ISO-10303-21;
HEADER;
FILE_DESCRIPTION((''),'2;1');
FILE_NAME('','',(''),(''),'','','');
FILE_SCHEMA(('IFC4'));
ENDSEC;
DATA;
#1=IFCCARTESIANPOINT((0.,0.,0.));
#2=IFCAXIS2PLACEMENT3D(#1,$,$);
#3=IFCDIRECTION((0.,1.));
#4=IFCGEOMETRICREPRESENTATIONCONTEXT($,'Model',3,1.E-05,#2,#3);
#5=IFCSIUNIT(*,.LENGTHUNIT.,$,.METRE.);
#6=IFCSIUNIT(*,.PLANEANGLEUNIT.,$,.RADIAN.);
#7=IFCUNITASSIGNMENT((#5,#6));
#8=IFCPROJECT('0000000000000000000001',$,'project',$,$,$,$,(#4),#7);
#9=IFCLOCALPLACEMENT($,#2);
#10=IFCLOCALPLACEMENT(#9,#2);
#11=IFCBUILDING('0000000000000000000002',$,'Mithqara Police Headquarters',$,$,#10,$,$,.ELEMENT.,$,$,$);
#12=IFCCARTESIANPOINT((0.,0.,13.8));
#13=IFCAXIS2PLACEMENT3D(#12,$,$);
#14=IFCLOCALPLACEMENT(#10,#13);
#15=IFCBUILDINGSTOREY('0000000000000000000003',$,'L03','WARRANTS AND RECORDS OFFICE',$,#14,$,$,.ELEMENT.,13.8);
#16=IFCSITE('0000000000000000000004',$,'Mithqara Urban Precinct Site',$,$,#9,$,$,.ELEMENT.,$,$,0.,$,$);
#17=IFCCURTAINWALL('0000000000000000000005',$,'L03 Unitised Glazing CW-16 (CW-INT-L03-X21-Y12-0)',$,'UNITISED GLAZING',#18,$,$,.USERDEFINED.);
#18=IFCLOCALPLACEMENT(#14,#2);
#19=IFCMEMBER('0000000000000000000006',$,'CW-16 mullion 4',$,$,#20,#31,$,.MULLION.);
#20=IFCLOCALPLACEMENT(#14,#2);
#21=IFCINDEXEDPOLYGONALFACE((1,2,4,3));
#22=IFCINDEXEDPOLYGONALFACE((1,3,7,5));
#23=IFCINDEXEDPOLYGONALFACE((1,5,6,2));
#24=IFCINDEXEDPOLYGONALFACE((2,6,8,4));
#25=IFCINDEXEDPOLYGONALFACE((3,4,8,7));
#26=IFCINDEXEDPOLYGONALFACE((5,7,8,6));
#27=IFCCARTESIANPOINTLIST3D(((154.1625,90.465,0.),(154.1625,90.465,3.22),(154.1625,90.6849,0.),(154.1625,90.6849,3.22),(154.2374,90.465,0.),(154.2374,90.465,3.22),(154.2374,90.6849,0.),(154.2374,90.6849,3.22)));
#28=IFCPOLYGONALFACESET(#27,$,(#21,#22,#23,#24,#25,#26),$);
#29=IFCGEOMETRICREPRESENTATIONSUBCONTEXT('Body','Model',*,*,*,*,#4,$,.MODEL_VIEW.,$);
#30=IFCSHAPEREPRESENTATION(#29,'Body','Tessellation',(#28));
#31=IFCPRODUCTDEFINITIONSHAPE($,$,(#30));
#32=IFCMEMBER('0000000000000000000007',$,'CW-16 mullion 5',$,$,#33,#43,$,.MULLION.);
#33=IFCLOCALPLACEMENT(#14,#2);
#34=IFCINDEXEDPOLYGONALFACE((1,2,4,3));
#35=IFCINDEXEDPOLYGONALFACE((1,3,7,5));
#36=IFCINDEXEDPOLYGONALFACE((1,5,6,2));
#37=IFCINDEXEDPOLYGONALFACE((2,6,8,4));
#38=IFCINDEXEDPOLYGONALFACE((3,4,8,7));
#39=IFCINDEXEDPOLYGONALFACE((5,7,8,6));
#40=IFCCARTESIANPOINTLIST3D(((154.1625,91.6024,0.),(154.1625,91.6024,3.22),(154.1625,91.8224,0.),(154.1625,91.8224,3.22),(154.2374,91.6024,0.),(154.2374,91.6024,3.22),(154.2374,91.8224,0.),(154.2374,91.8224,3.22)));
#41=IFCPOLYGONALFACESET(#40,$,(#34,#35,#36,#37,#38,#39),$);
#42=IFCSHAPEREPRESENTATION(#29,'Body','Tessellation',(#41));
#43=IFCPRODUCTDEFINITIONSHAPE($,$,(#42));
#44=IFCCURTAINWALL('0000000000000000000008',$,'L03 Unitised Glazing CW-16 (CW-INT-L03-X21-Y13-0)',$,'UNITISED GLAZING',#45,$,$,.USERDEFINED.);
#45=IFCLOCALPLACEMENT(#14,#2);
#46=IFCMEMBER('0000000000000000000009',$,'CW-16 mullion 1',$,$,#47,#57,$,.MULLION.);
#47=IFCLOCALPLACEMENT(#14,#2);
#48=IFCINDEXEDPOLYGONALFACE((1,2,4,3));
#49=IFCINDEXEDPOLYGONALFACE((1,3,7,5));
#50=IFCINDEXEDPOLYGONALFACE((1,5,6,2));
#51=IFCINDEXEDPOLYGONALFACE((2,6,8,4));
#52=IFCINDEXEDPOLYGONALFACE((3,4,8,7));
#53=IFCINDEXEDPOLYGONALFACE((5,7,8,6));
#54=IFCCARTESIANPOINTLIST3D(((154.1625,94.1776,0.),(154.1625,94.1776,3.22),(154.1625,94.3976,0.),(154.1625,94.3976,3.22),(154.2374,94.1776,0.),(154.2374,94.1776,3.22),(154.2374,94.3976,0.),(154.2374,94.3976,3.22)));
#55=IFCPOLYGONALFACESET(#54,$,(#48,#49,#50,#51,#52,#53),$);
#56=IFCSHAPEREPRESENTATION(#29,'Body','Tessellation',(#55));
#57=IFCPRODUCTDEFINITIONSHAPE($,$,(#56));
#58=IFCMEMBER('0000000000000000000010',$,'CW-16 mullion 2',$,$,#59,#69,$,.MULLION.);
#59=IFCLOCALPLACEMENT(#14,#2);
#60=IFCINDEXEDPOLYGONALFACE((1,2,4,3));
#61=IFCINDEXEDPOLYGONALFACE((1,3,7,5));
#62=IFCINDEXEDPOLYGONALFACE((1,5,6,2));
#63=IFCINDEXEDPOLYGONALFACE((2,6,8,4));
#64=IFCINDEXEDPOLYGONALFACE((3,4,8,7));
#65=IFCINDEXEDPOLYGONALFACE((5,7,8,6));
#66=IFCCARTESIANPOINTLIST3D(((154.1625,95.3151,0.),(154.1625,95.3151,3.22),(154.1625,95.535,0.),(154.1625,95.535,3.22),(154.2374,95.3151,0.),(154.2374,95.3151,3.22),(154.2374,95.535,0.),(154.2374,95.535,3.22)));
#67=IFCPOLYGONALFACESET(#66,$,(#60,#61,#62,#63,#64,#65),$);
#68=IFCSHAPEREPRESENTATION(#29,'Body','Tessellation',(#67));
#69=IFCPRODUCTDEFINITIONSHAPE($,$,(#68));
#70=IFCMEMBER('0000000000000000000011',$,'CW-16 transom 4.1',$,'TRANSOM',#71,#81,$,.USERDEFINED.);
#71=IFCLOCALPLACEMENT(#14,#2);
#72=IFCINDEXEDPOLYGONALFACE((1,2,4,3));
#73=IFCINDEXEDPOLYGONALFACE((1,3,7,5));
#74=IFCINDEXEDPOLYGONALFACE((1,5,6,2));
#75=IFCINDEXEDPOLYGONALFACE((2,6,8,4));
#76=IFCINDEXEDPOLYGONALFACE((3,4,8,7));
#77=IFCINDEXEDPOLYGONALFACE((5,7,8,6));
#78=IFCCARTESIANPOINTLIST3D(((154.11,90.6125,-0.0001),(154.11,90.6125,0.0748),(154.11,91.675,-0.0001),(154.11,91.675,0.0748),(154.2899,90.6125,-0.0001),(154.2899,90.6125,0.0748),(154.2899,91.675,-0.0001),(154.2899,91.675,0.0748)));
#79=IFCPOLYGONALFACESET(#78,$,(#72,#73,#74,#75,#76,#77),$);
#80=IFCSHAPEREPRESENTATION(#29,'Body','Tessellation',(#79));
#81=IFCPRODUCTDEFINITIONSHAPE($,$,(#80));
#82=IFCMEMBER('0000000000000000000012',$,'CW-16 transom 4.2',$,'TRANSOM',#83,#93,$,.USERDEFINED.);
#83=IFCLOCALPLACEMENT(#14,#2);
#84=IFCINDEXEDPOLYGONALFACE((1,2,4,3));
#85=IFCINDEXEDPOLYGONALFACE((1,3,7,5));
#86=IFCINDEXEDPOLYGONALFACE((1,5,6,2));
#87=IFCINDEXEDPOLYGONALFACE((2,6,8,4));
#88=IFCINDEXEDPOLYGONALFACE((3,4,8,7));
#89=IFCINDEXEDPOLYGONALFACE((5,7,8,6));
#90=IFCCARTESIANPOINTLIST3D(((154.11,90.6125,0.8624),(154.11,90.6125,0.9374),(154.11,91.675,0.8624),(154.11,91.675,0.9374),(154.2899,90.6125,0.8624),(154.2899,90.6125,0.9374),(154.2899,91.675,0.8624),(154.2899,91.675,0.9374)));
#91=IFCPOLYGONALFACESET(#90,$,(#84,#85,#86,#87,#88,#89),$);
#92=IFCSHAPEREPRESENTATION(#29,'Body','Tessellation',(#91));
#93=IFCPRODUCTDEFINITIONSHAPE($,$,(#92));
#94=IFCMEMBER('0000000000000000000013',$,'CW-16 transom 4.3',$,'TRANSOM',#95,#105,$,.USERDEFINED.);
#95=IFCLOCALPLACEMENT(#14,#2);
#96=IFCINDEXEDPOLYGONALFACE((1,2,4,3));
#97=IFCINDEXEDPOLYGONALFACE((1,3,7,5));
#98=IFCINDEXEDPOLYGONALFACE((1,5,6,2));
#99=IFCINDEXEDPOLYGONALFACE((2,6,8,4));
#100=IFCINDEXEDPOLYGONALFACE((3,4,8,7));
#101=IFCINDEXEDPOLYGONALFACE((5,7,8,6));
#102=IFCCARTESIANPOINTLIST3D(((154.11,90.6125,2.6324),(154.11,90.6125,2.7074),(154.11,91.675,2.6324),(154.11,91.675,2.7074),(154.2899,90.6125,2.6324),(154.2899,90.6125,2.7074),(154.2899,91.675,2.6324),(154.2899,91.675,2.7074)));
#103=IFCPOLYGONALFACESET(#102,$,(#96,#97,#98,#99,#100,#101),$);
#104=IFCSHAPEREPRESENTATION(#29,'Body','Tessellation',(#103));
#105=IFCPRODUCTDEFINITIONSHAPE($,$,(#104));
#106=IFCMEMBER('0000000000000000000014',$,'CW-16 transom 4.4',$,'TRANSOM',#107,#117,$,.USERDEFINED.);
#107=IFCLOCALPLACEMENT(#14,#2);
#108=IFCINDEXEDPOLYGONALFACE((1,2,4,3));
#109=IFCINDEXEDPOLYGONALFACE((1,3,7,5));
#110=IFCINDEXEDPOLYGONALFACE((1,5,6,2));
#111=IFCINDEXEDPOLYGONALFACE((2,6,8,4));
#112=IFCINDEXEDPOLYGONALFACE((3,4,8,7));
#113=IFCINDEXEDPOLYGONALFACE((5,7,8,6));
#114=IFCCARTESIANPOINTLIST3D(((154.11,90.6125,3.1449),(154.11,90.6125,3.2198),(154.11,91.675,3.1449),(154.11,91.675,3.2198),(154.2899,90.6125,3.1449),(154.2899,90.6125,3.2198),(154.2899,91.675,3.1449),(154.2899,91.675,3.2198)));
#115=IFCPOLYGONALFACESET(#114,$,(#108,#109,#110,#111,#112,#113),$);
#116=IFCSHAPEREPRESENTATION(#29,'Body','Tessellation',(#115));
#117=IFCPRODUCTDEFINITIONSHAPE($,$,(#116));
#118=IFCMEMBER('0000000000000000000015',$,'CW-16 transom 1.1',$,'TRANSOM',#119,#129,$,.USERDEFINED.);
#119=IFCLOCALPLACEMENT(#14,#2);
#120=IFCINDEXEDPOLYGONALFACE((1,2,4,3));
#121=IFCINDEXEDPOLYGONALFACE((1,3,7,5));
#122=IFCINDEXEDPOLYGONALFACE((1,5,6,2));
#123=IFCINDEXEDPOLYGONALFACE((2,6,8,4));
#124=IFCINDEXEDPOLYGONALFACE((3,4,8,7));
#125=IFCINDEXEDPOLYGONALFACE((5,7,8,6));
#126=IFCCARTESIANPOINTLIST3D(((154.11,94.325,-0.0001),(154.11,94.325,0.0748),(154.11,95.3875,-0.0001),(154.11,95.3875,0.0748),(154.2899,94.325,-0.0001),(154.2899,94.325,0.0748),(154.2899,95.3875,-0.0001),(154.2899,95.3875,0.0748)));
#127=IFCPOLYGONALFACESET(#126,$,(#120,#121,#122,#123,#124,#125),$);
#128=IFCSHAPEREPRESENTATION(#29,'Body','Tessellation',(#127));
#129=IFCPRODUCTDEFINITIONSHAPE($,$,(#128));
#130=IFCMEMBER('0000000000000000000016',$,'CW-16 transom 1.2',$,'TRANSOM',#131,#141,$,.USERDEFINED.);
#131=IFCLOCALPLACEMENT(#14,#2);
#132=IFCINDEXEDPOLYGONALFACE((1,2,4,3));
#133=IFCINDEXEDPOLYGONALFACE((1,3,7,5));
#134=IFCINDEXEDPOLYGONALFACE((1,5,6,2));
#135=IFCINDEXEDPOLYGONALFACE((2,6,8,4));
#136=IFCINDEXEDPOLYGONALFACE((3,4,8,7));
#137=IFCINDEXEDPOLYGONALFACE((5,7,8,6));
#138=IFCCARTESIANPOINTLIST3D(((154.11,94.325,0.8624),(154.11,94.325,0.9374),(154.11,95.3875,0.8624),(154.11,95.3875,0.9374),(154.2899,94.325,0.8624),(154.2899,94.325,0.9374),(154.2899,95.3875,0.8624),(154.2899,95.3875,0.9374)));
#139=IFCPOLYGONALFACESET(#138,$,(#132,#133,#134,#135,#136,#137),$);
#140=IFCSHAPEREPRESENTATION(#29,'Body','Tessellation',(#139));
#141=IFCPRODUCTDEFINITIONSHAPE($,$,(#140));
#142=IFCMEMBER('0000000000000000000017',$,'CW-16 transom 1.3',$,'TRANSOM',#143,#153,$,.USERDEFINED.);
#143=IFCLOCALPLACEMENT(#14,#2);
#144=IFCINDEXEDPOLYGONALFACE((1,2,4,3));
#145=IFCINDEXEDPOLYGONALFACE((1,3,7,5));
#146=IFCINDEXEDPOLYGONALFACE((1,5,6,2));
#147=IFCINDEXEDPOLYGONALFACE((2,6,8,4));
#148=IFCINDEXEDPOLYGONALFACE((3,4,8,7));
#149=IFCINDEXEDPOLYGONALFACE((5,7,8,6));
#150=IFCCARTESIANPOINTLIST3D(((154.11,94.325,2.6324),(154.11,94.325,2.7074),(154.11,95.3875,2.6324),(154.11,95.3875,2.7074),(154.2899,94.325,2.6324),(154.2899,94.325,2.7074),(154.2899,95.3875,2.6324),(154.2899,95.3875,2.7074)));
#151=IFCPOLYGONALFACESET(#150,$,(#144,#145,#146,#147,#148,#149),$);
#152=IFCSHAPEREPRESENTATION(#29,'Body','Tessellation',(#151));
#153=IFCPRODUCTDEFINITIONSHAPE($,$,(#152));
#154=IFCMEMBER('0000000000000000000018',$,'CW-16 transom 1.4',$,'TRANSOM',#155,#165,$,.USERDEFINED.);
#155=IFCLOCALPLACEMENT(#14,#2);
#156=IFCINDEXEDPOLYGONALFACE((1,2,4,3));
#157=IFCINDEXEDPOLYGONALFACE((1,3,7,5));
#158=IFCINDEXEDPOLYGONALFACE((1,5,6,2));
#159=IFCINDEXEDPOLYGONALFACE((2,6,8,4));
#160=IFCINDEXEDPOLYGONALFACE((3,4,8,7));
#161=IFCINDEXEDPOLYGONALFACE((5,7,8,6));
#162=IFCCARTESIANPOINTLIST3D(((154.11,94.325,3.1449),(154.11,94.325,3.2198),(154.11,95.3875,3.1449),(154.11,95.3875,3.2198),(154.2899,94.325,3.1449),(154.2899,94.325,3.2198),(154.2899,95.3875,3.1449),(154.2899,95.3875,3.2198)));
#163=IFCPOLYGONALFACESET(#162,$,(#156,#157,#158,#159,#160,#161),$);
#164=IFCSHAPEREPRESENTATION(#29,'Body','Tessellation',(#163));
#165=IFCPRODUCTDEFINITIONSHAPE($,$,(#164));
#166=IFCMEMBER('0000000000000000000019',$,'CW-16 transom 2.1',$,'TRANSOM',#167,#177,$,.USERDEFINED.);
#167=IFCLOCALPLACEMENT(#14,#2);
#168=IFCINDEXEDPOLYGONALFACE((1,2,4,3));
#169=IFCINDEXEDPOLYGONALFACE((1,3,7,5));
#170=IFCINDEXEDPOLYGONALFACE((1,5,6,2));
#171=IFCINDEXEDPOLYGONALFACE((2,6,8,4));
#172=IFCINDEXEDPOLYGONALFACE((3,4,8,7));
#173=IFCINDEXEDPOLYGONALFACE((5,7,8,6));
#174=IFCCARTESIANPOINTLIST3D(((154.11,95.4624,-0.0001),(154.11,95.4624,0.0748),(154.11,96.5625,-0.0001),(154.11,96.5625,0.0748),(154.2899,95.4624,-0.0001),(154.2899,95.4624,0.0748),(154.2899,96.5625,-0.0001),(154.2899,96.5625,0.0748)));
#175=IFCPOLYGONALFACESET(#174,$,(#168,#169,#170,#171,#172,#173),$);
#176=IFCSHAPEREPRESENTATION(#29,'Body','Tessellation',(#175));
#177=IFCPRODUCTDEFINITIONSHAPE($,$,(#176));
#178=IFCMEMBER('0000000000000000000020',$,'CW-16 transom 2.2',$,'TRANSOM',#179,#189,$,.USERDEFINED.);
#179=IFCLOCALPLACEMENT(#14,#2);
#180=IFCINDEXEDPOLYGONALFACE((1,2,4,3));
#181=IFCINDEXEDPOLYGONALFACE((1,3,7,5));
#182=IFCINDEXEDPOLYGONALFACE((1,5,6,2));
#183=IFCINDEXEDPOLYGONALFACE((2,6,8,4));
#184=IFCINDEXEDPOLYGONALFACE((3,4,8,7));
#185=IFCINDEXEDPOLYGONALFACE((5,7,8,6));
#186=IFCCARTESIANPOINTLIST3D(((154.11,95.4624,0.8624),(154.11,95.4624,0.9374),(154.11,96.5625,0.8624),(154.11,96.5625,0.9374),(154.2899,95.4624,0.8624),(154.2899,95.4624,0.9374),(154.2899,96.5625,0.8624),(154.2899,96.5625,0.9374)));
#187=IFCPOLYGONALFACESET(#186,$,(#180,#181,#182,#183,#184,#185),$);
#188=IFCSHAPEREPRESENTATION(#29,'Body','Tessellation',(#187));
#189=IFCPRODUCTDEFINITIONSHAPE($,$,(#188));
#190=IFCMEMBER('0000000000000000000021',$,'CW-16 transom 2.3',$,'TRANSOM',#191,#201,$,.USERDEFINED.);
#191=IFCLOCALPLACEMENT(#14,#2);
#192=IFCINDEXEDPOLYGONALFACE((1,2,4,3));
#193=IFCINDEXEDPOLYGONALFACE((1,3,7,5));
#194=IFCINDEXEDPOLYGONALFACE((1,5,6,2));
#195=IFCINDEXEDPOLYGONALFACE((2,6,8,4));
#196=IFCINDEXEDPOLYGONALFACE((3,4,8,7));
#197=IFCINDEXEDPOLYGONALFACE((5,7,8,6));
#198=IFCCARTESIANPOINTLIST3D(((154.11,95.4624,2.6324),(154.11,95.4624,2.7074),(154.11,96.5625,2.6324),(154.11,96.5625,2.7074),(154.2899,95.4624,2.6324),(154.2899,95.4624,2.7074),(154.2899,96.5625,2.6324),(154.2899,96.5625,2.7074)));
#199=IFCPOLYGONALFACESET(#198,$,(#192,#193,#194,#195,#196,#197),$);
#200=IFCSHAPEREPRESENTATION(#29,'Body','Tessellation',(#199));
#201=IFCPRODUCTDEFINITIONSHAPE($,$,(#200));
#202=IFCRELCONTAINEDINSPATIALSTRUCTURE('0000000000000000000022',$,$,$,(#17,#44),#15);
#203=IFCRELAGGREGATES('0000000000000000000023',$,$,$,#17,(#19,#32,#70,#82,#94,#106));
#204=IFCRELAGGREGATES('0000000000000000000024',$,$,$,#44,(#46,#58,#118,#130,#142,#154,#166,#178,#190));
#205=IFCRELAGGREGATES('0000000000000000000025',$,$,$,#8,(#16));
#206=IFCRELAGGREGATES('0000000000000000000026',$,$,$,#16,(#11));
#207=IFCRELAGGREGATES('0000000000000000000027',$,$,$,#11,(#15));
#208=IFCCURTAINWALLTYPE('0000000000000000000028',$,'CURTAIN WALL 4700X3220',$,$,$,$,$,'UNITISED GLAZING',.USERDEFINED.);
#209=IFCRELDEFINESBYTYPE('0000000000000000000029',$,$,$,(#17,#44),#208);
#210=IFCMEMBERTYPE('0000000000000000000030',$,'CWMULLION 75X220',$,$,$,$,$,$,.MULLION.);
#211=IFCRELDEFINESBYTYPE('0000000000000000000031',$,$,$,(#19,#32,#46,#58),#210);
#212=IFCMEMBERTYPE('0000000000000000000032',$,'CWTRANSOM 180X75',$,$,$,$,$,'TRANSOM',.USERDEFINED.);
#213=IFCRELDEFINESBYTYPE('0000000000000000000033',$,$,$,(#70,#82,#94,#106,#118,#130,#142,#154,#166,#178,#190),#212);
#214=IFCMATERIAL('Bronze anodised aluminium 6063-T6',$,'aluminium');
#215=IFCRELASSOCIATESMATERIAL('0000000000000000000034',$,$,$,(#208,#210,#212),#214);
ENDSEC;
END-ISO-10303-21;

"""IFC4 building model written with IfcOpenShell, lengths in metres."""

from ifc_helpers import new_model, si_unit, direction, frame, origin, origin_2d, place, context, subcontext, project, spatial, rectangle, extrude, material, material_profile, profile_set, type_object, element, aggregate, save


model = new_model("IFC4")

# Units and contexts
model_context = context("Model", 3, precision=1e-05, world=origin(), true_north=direction((0.0, 1.0)))
body_context = subcontext(model_context, "Body", "Model", "MODEL_VIEW")
ifc_project = project(units=[si_unit("LENGTHUNIT", "METRE"), si_unit("PLANEANGLEUNIT", "RADIAN")], contexts=[model_context])

# Site, building, storey
site_placement = place(None, origin())
site = spatial("IfcSite", under=ifc_project, at=site_placement, Name="Mithqara Urban Precinct Site", CompositionType="ELEMENT", RefElevation=0.0)
building_placement = place(site_placement, origin())
building = spatial("IfcBuilding", under=site, at=building_placement, Name="Mithqara Police Headquarters", CompositionType="ELEMENT")
storey_placement = place(building_placement, frame((0.0, 0.0, 13.8)))
storey = spatial("IfcBuildingStorey", under=building, at=storey_placement, Name="L03", Description="WARRANTS AND RECORDS OFFICE", CompositionType="ELEMENT", Elevation=13.8)

# Curtain walls, members
ifc_material_1 = material(Name="Bronze anodised aluminium 6063-T6", Category="aluminium")
curtain_wall_type = type_object("IfcCurtainWallType", Name="CURTAIN WALL 4700X3220", ElementType="UNITISED GLAZING", PredefinedType="USERDEFINED", material=ifc_material_1)
curtain_wall_1_placement = place(storey_placement, origin())
curtain_wall_1 = element("IfcCurtainWall", 1, at=curtain_wall_1_placement, inside=storey, type_object=curtain_wall_type, Name="L03 Unitised Glazing CW-16 (CW-INT-L03-X21-Y12-0)", ObjectType="UNITISED GLAZING", PredefinedType="USERDEFINED")
ifc_material_profile_1 = material_profile(ifc_material_1, rectangle(XDim=0.075, YDim=0.22, at=origin_2d()), Name="CWM 75x220")
ifc_profile_set_1 = profile_set([ifc_material_profile_1], Name="Bronze anodised aluminium 6063-T6")
member_type_1 = type_object("IfcMemberType", Name="CWMULLION 75X220", PredefinedType="MULLION", material=ifc_profile_set_1)
member_1_placement = place(storey_placement, frame((154.2, 90.575, 0.0), z_axis=(0.0, 0.0, 1.0), x_axis=(-1.0, 0.0, 0.0)))
member_1 = element("IfcMember", 2, at=member_1_placement, type_object=member_type_1, Name="CW-16 mullion 4", PredefinedType="MULLION", context=body_context, shape_type="SweptSolid", body=[
    extrude(rectangle(XDim=0.075, YDim=0.22, at=origin_2d()), origin(), (0.0, 0.0, 1.0), 3.22),
])
member_2_placement = place(storey_placement, frame((154.2, 91.7124, 0.0), z_axis=(0.0, 0.0, 1.0), x_axis=(-1.0, 0.0, 0.0)))
member_2 = element("IfcMember", 3, at=member_2_placement, type_object=member_type_1, Name="CW-16 mullion 5", PredefinedType="MULLION", context=body_context, shape_type="SweptSolid", body=[
    extrude(rectangle(XDim=0.075, YDim=0.22, at=origin_2d()), origin(), (0.0, 0.0, 1.0), 3.22),
])
curtain_wall_2_placement = place(storey_placement, origin())
curtain_wall_2 = element("IfcCurtainWall", 4, at=curtain_wall_2_placement, inside=storey, type_object=curtain_wall_type, Name="L03 Unitised Glazing CW-16 (CW-INT-L03-X21-Y13-0)", ObjectType="UNITISED GLAZING", PredefinedType="USERDEFINED")
member_3_placement = place(storey_placement, frame((154.2, 94.2876, 0.0), z_axis=(0.0, 0.0, 1.0), x_axis=(-1.0, 0.0, 0.0)))
member_3 = element("IfcMember", 5, at=member_3_placement, type_object=member_type_1, Name="CW-16 mullion 1", PredefinedType="MULLION", context=body_context, shape_type="SweptSolid", body=[
    extrude(rectangle(XDim=0.075, YDim=0.22, at=origin_2d()), origin(), (0.0, 0.0, 1.0), 3.22),
])
member_4_placement = place(storey_placement, frame((154.2, 95.425, 0.0), z_axis=(0.0, 0.0, 1.0), x_axis=(-1.0, 0.0, 0.0)))
member_4 = element("IfcMember", 6, at=member_4_placement, type_object=member_type_1, Name="CW-16 mullion 2", PredefinedType="MULLION", context=body_context, shape_type="SweptSolid", body=[
    extrude(rectangle(XDim=0.075, YDim=0.22, at=origin_2d()), origin(), (0.0, 0.0, 1.0), 3.22),
])

# Members
ifc_material_profile_2 = material_profile(ifc_material_1, rectangle(XDim=0.1799, YDim=0.075, at=origin_2d()), Name="CWT 180x75")
ifc_profile_set_2 = profile_set([ifc_material_profile_2], Name="Bronze anodised aluminium 6063-T6")
member_type_2 = type_object("IfcMemberType", Name="CWTRANSOM 180X75", ElementType="TRANSOM", PredefinedType="USERDEFINED", material=ifc_profile_set_2)
member_5_placement = place(storey_placement, frame((154.2, 90.6125, 0.0374), z_axis=(0.0, 1.0, 0.0), x_axis=(-1.0, 0.0, 0.0)))
member_5 = element("IfcMember", 7, at=member_5_placement, type_object=member_type_2, Name="CW-16 transom 4.1", ObjectType="TRANSOM", PredefinedType="USERDEFINED", context=body_context, shape_type="SweptSolid", body=[
    extrude(rectangle(XDim=0.1799, YDim=0.075, at=origin_2d()), origin(), (0.0, 0.0, 1.0), 1.0625),
])
member_6_placement = place(storey_placement, frame((154.2, 90.6125, 0.8999), z_axis=(0.0, 1.0, 0.0), x_axis=(-1.0, 0.0, 0.0)))
member_6 = element("IfcMember", 8, at=member_6_placement, type_object=member_type_2, Name="CW-16 transom 4.2", ObjectType="TRANSOM", PredefinedType="USERDEFINED", context=body_context, shape_type="SweptSolid", body=[
    extrude(rectangle(XDim=0.1799, YDim=0.075, at=origin_2d()), origin(), (0.0, 0.0, 1.0), 1.0625),
])
member_7_placement = place(storey_placement, frame((154.2, 90.6125, 2.6699), z_axis=(0.0, 1.0, 0.0), x_axis=(-1.0, 0.0, 0.0)))
member_7 = element("IfcMember", 9, at=member_7_placement, type_object=member_type_2, Name="CW-16 transom 4.3", ObjectType="TRANSOM", PredefinedType="USERDEFINED", context=body_context, shape_type="SweptSolid", body=[
    extrude(rectangle(XDim=0.1799, YDim=0.075, at=origin_2d()), origin(), (0.0, 0.0, 1.0), 1.0625),
])
member_8_placement = place(storey_placement, frame((154.2, 90.6125, 3.1824), z_axis=(0.0, 1.0, 0.0), x_axis=(-1.0, 0.0, 0.0)))
member_8 = element("IfcMember", 10, at=member_8_placement, type_object=member_type_2, Name="CW-16 transom 4.4", ObjectType="TRANSOM", PredefinedType="USERDEFINED", context=body_context, shape_type="SweptSolid", body=[
    extrude(rectangle(XDim=0.1799, YDim=0.075, at=origin_2d()), origin(), (0.0, 0.0, 1.0), 1.0625),
])
member_9_placement = place(storey_placement, frame((154.2, 94.325, 0.0374), z_axis=(0.0, 1.0, 0.0), x_axis=(-1.0, 0.0, 0.0)))
member_9 = element("IfcMember", 11, at=member_9_placement, type_object=member_type_2, Name="CW-16 transom 1.1", ObjectType="TRANSOM", PredefinedType="USERDEFINED", context=body_context, shape_type="SweptSolid", body=[
    extrude(rectangle(XDim=0.1799, YDim=0.075, at=origin_2d()), origin(), (0.0, 0.0, 1.0), 1.0625),
])
member_10_placement = place(storey_placement, frame((154.2, 94.325, 0.8999), z_axis=(0.0, 1.0, 0.0), x_axis=(-1.0, 0.0, 0.0)))
member_10 = element("IfcMember", 12, at=member_10_placement, type_object=member_type_2, Name="CW-16 transom 1.2", ObjectType="TRANSOM", PredefinedType="USERDEFINED", context=body_context, shape_type="SweptSolid", body=[
    extrude(rectangle(XDim=0.1799, YDim=0.075, at=origin_2d()), origin(), (0.0, 0.0, 1.0), 1.0625),
])
member_11_placement = place(storey_placement, frame((154.2, 94.325, 2.6699), z_axis=(0.0, 1.0, 0.0), x_axis=(-1.0, 0.0, 0.0)))
member_11 = element("IfcMember", 13, at=member_11_placement, type_object=member_type_2, Name="CW-16 transom 1.3", ObjectType="TRANSOM", PredefinedType="USERDEFINED", context=body_context, shape_type="SweptSolid", body=[
    extrude(rectangle(XDim=0.1799, YDim=0.075, at=origin_2d()), origin(), (0.0, 0.0, 1.0), 1.0625),
])
member_12_placement = place(storey_placement, frame((154.2, 94.325, 3.1824), z_axis=(0.0, 1.0, 0.0), x_axis=(-1.0, 0.0, 0.0)))
member_12 = element("IfcMember", 14, at=member_12_placement, type_object=member_type_2, Name="CW-16 transom 1.4", ObjectType="TRANSOM", PredefinedType="USERDEFINED", context=body_context, shape_type="SweptSolid", body=[
    extrude(rectangle(XDim=0.1799, YDim=0.075, at=origin_2d()), origin(), (0.0, 0.0, 1.0), 1.0625),
])
member_13_placement = place(storey_placement, frame((154.2, 95.4624, 0.0374), z_axis=(0.0, 1.0, 0.0), x_axis=(-1.0, 0.0, 0.0)))
member_13 = element("IfcMember", 15, at=member_13_placement, type_object=member_type_2, Name="CW-16 transom 2.1", ObjectType="TRANSOM", PredefinedType="USERDEFINED", context=body_context, shape_type="SweptSolid", body=[
    extrude(rectangle(XDim=0.1799, YDim=0.075, at=origin_2d()), origin(), (0.0, 0.0, 1.0), 1.1001),
])
member_14_placement = place(storey_placement, frame((154.2, 95.4624, 0.8999), z_axis=(0.0, 1.0, 0.0), x_axis=(-1.0, 0.0, 0.0)))
member_14 = element("IfcMember", 16, at=member_14_placement, type_object=member_type_2, Name="CW-16 transom 2.2", ObjectType="TRANSOM", PredefinedType="USERDEFINED", context=body_context, shape_type="SweptSolid", body=[
    extrude(rectangle(XDim=0.1799, YDim=0.075, at=origin_2d()), origin(), (0.0, 0.0, 1.0), 1.1001),
])
member_15_placement = place(storey_placement, frame((154.2, 95.4624, 2.6699), z_axis=(0.0, 1.0, 0.0), x_axis=(-1.0, 0.0, 0.0)))
member_15 = element("IfcMember", 17, at=member_15_placement, type_object=member_type_2, Name="CW-16 transom 2.3", ObjectType="TRANSOM", PredefinedType="USERDEFINED", context=body_context, shape_type="SweptSolid", body=[
    extrude(rectangle(XDim=0.1799, YDim=0.075, at=origin_2d()), origin(), (0.0, 0.0, 1.0), 1.1001),
])

aggregate(curtain_wall_1, [member_1, member_2, member_5, member_6, member_7, member_8])
aggregate(curtain_wall_2, [member_3, member_4, member_9, member_10, member_11, member_12, member_13, member_14, member_15])

save(model, "model.ifc")
